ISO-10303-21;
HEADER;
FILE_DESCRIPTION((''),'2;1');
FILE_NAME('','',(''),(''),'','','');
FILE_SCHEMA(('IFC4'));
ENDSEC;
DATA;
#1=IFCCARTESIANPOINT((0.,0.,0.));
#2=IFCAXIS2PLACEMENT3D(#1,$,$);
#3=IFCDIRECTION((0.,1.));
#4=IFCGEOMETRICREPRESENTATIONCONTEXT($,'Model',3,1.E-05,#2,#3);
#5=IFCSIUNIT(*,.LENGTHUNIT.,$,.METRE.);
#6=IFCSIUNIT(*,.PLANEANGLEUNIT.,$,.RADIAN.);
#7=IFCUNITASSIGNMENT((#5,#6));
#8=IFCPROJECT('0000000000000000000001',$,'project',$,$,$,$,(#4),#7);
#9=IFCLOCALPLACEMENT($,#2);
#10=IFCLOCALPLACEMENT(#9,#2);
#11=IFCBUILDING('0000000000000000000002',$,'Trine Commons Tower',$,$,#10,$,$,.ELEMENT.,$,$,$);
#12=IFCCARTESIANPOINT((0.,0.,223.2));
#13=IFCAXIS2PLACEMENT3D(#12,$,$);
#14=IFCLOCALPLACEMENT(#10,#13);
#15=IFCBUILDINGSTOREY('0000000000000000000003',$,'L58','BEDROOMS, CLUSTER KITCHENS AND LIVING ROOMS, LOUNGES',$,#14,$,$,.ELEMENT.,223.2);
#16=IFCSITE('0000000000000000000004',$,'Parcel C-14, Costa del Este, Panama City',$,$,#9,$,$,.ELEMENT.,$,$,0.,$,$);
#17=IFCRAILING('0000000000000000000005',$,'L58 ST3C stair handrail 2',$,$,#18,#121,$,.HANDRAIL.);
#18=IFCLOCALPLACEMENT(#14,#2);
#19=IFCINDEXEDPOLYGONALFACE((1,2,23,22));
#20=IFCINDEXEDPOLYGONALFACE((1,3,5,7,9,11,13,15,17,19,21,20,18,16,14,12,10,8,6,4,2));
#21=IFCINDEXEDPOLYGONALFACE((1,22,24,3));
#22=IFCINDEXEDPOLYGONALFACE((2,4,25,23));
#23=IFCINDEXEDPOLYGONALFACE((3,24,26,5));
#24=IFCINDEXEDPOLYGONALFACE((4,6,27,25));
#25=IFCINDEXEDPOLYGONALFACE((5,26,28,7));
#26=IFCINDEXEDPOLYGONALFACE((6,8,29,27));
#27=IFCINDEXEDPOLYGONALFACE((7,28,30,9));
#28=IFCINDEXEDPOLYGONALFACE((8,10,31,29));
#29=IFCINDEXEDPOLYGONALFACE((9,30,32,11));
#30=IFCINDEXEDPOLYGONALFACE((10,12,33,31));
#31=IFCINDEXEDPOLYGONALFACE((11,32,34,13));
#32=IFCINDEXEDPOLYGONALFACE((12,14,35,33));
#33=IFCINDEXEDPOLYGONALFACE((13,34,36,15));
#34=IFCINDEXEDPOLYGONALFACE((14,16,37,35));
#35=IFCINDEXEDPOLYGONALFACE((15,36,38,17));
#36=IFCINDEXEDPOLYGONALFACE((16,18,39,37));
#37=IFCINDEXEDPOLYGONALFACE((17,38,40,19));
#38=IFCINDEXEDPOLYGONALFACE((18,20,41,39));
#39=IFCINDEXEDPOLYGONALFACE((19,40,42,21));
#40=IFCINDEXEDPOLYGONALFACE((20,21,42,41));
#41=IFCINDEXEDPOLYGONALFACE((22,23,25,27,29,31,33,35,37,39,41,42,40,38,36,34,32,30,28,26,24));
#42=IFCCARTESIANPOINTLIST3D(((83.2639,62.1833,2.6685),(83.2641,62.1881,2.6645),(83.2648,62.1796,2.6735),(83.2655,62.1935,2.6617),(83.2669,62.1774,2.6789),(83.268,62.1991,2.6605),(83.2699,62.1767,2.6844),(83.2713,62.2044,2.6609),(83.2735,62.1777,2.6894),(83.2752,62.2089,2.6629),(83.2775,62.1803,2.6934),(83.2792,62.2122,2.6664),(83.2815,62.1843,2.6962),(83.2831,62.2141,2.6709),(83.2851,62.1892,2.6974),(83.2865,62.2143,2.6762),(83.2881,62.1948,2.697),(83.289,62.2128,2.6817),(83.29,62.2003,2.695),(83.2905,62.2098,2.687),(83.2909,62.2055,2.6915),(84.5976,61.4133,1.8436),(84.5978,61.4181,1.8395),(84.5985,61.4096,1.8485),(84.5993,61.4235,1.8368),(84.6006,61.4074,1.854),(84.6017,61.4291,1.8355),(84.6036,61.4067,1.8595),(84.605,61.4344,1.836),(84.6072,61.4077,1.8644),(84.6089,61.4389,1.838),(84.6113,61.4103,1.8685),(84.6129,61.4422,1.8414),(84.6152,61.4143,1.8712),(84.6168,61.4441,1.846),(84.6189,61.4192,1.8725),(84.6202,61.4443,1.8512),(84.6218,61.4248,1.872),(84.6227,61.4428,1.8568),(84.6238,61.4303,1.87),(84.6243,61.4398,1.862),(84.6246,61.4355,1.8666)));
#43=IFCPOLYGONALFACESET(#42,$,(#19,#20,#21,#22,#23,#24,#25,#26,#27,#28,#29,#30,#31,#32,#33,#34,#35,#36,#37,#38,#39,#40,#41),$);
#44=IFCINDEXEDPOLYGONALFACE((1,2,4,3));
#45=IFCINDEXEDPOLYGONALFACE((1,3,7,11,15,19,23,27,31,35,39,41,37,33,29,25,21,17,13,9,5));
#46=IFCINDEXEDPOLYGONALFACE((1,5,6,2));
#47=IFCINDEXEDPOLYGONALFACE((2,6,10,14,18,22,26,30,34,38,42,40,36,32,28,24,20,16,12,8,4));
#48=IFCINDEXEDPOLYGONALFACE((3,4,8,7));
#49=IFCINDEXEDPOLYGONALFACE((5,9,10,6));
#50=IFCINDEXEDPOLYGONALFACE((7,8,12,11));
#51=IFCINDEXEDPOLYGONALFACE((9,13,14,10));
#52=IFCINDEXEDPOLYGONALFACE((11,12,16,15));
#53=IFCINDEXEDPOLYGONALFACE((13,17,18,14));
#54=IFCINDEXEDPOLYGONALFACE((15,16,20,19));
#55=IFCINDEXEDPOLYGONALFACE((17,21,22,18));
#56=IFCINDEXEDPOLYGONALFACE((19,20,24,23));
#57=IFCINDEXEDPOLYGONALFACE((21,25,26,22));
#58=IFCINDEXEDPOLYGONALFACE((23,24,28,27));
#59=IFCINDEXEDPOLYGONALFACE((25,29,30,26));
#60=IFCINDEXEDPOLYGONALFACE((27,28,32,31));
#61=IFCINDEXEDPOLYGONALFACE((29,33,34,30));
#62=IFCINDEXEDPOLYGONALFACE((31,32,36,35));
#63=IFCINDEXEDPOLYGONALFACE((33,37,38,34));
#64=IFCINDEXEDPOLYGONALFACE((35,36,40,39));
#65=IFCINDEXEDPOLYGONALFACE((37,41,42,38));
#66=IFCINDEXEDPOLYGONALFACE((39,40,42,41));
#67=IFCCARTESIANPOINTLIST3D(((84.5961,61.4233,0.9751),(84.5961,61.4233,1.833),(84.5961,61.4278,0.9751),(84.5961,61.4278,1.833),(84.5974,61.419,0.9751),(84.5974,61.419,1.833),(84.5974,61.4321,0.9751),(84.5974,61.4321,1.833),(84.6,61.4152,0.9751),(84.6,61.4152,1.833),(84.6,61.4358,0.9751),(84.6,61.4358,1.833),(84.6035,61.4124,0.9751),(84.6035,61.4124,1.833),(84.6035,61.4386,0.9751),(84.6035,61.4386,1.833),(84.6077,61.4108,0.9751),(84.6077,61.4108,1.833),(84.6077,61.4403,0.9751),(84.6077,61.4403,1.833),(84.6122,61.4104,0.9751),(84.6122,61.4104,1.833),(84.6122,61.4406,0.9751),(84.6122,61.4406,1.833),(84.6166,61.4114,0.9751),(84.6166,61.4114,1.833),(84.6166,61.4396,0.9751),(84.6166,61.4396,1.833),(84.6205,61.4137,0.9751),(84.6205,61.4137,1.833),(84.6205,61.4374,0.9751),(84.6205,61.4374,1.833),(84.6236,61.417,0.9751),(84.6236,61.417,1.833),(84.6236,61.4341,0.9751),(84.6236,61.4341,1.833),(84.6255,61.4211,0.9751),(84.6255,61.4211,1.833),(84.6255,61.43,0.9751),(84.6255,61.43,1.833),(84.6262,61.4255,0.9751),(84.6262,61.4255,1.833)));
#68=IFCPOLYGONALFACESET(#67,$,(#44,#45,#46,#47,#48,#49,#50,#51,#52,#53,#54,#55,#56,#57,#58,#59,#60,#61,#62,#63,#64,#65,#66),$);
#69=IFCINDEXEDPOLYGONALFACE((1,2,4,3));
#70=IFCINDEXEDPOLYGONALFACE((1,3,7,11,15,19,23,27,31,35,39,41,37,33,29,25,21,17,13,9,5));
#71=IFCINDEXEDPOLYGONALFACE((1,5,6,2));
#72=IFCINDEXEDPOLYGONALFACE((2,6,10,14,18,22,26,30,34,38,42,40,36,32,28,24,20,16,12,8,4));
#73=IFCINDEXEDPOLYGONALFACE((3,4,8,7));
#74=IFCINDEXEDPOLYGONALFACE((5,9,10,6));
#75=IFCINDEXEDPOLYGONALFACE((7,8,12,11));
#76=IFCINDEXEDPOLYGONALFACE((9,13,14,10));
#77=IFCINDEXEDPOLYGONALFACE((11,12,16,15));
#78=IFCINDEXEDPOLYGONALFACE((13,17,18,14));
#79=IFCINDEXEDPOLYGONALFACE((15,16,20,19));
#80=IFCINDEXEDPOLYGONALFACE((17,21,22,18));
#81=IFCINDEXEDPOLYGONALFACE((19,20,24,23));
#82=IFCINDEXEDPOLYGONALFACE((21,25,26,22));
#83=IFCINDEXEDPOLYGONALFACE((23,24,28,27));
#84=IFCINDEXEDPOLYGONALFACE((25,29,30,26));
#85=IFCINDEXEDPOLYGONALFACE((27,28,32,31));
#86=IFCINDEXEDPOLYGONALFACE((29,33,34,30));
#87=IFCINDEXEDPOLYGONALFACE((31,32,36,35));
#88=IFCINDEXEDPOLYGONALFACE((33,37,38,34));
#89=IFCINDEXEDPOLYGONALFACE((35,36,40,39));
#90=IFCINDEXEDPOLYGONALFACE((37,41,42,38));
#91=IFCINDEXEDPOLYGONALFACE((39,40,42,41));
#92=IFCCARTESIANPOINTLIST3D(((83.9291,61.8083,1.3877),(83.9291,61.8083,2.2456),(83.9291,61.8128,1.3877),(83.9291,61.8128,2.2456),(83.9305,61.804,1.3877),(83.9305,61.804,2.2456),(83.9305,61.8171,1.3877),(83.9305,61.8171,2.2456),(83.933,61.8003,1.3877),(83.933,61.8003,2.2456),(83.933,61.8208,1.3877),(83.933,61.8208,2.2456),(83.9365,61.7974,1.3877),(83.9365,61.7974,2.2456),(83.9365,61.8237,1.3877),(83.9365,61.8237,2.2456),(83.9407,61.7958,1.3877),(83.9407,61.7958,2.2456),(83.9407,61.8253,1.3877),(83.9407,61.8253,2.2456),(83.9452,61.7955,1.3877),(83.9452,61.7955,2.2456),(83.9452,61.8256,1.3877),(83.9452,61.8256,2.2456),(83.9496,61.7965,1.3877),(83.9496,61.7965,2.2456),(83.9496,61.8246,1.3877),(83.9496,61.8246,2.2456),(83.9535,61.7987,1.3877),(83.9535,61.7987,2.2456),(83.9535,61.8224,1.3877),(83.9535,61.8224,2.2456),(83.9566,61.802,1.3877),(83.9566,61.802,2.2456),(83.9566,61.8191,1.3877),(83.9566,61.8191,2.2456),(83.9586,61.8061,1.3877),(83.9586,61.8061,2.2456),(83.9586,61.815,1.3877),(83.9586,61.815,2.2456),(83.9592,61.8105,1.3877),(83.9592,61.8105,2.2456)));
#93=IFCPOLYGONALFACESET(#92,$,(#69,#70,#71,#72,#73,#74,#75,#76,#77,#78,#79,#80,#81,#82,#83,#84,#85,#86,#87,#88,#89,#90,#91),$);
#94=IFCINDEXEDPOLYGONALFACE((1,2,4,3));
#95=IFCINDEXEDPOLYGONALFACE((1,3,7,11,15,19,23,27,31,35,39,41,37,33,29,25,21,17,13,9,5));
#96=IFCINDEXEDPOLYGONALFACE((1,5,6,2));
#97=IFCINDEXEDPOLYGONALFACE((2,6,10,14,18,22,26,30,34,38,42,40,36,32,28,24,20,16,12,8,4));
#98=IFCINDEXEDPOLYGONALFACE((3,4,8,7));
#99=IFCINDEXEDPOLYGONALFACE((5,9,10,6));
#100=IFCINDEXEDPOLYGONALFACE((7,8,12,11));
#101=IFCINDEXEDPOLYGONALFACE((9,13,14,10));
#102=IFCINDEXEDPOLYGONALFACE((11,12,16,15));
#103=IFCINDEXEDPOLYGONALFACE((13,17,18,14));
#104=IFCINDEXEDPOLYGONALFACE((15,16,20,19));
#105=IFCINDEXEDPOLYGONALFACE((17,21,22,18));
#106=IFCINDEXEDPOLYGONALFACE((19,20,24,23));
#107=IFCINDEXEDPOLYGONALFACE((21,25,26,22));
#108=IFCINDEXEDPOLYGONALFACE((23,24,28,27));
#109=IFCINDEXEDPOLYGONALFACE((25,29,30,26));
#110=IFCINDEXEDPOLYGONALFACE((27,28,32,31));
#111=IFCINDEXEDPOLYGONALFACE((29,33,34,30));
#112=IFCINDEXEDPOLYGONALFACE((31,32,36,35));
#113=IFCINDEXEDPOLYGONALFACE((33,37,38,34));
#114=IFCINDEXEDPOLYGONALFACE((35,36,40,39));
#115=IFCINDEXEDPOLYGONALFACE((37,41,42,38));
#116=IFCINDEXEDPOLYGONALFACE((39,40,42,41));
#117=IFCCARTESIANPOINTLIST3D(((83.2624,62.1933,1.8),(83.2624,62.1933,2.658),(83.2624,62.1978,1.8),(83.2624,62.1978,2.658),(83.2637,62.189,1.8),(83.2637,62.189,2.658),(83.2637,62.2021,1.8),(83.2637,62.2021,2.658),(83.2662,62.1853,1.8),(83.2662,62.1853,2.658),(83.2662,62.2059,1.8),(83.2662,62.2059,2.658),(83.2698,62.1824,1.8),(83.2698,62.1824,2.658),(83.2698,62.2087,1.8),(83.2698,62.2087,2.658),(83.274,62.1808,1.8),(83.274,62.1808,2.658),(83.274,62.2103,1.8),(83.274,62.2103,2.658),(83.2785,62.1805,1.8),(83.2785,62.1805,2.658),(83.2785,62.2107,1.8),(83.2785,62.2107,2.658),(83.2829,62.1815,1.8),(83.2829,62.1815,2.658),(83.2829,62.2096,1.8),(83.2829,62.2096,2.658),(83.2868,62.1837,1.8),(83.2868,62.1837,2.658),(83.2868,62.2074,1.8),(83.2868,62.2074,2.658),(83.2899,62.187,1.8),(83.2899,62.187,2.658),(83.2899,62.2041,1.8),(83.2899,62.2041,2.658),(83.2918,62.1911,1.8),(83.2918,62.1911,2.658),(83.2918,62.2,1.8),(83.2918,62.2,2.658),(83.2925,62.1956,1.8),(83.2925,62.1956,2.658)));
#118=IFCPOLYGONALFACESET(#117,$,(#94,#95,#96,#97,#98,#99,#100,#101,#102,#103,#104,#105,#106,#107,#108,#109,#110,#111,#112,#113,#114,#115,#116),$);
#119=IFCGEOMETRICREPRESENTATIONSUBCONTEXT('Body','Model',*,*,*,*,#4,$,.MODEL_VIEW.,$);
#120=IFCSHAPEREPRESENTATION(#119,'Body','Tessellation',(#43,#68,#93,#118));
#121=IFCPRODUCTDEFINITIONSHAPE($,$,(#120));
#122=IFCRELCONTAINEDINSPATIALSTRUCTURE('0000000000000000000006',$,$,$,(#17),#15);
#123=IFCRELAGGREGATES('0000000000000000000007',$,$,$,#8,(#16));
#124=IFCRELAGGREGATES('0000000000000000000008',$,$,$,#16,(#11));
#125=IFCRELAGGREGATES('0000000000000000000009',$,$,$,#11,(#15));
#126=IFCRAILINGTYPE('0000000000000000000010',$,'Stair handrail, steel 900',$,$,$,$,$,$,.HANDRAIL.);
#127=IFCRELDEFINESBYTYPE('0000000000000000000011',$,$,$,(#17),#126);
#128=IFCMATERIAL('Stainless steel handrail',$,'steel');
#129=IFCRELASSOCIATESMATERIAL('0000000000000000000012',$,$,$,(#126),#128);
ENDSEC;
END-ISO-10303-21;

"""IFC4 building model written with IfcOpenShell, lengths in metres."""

from ifc_helpers import new_model, si_unit, direction, frame, origin, origin_2d, place, context, subcontext, project, spatial, circle, extrude, material, type_object, element, save


model = new_model("IFC4")

# Units and contexts
model_context = context("Model", 3, precision=1e-05, world=origin(), true_north=direction((0.0, 1.0)))
body_context = subcontext(model_context, "Body", "Model", "MODEL_VIEW")
ifc_project = project(units=[si_unit("LENGTHUNIT", "METRE"), si_unit("PLANEANGLEUNIT", "RADIAN")], contexts=[model_context])

# Site, building, storey
site_placement = place(None, origin())
site = spatial("IfcSite", under=ifc_project, at=site_placement, Name="Parcel C-14, Costa del Este, Panama City", CompositionType="ELEMENT", RefElevation=0.0)
building_placement = place(site_placement, origin())
building = spatial("IfcBuilding", under=site, at=building_placement, Name="Trine Commons Tower", CompositionType="ELEMENT")
storey_placement = place(building_placement, frame((0.0, 0.0, 223.2)))
storey = spatial("IfcBuildingStorey", under=building, at=storey_placement, Name="L58", Description="BEDROOMS, CLUSTER KITCHENS AND LIVING ROOMS, LOUNGES", CompositionType="ELEMENT", Elevation=223.2)

# Railing
ifc_material_1 = material(Name="Stainless steel handrail", Category="steel")
railing_type = type_object("IfcRailingType", Name="Stair handrail, steel 900", PredefinedType="HANDRAIL", material=ifc_material_1)
railing_1_placement = place(storey_placement, frame((84.6111, 61.4255, 0.9751)))
element("IfcRailing", 1, at=railing_1_placement, inside=storey, type_object=railing_type, Name="L58 ST3C stair handrail 2", PredefinedType="HANDRAIL", context=body_context, shape_type="SweptSolid", body=[
    extrude(circle(Radius=0.021, at=origin_2d()), frame((0.0, 0.0, 0.8789), z_axis=(-0.763405, 0.440743, 0.472185), x_axis=(-0.499992, -0.86603, 0.0)), (0.0, 0.0, 1.0), 1.7471),
    extrude(circle(Radius=0.0151, at=origin_2d()), origin(), (0.0, 0.0, 1.0), 0.8579),
    extrude(circle(Radius=0.0151, at=origin_2d()), frame((-0.667, 0.385, 0.4126)), (0.0, 0.0, 1.0), 0.8579),
    extrude(circle(Radius=0.0151, at=origin_2d()), frame((-1.3337, 0.77, 0.825)), (0.0, 0.0, 1.0), 0.8579),
])

save(model, "model.ifc")
